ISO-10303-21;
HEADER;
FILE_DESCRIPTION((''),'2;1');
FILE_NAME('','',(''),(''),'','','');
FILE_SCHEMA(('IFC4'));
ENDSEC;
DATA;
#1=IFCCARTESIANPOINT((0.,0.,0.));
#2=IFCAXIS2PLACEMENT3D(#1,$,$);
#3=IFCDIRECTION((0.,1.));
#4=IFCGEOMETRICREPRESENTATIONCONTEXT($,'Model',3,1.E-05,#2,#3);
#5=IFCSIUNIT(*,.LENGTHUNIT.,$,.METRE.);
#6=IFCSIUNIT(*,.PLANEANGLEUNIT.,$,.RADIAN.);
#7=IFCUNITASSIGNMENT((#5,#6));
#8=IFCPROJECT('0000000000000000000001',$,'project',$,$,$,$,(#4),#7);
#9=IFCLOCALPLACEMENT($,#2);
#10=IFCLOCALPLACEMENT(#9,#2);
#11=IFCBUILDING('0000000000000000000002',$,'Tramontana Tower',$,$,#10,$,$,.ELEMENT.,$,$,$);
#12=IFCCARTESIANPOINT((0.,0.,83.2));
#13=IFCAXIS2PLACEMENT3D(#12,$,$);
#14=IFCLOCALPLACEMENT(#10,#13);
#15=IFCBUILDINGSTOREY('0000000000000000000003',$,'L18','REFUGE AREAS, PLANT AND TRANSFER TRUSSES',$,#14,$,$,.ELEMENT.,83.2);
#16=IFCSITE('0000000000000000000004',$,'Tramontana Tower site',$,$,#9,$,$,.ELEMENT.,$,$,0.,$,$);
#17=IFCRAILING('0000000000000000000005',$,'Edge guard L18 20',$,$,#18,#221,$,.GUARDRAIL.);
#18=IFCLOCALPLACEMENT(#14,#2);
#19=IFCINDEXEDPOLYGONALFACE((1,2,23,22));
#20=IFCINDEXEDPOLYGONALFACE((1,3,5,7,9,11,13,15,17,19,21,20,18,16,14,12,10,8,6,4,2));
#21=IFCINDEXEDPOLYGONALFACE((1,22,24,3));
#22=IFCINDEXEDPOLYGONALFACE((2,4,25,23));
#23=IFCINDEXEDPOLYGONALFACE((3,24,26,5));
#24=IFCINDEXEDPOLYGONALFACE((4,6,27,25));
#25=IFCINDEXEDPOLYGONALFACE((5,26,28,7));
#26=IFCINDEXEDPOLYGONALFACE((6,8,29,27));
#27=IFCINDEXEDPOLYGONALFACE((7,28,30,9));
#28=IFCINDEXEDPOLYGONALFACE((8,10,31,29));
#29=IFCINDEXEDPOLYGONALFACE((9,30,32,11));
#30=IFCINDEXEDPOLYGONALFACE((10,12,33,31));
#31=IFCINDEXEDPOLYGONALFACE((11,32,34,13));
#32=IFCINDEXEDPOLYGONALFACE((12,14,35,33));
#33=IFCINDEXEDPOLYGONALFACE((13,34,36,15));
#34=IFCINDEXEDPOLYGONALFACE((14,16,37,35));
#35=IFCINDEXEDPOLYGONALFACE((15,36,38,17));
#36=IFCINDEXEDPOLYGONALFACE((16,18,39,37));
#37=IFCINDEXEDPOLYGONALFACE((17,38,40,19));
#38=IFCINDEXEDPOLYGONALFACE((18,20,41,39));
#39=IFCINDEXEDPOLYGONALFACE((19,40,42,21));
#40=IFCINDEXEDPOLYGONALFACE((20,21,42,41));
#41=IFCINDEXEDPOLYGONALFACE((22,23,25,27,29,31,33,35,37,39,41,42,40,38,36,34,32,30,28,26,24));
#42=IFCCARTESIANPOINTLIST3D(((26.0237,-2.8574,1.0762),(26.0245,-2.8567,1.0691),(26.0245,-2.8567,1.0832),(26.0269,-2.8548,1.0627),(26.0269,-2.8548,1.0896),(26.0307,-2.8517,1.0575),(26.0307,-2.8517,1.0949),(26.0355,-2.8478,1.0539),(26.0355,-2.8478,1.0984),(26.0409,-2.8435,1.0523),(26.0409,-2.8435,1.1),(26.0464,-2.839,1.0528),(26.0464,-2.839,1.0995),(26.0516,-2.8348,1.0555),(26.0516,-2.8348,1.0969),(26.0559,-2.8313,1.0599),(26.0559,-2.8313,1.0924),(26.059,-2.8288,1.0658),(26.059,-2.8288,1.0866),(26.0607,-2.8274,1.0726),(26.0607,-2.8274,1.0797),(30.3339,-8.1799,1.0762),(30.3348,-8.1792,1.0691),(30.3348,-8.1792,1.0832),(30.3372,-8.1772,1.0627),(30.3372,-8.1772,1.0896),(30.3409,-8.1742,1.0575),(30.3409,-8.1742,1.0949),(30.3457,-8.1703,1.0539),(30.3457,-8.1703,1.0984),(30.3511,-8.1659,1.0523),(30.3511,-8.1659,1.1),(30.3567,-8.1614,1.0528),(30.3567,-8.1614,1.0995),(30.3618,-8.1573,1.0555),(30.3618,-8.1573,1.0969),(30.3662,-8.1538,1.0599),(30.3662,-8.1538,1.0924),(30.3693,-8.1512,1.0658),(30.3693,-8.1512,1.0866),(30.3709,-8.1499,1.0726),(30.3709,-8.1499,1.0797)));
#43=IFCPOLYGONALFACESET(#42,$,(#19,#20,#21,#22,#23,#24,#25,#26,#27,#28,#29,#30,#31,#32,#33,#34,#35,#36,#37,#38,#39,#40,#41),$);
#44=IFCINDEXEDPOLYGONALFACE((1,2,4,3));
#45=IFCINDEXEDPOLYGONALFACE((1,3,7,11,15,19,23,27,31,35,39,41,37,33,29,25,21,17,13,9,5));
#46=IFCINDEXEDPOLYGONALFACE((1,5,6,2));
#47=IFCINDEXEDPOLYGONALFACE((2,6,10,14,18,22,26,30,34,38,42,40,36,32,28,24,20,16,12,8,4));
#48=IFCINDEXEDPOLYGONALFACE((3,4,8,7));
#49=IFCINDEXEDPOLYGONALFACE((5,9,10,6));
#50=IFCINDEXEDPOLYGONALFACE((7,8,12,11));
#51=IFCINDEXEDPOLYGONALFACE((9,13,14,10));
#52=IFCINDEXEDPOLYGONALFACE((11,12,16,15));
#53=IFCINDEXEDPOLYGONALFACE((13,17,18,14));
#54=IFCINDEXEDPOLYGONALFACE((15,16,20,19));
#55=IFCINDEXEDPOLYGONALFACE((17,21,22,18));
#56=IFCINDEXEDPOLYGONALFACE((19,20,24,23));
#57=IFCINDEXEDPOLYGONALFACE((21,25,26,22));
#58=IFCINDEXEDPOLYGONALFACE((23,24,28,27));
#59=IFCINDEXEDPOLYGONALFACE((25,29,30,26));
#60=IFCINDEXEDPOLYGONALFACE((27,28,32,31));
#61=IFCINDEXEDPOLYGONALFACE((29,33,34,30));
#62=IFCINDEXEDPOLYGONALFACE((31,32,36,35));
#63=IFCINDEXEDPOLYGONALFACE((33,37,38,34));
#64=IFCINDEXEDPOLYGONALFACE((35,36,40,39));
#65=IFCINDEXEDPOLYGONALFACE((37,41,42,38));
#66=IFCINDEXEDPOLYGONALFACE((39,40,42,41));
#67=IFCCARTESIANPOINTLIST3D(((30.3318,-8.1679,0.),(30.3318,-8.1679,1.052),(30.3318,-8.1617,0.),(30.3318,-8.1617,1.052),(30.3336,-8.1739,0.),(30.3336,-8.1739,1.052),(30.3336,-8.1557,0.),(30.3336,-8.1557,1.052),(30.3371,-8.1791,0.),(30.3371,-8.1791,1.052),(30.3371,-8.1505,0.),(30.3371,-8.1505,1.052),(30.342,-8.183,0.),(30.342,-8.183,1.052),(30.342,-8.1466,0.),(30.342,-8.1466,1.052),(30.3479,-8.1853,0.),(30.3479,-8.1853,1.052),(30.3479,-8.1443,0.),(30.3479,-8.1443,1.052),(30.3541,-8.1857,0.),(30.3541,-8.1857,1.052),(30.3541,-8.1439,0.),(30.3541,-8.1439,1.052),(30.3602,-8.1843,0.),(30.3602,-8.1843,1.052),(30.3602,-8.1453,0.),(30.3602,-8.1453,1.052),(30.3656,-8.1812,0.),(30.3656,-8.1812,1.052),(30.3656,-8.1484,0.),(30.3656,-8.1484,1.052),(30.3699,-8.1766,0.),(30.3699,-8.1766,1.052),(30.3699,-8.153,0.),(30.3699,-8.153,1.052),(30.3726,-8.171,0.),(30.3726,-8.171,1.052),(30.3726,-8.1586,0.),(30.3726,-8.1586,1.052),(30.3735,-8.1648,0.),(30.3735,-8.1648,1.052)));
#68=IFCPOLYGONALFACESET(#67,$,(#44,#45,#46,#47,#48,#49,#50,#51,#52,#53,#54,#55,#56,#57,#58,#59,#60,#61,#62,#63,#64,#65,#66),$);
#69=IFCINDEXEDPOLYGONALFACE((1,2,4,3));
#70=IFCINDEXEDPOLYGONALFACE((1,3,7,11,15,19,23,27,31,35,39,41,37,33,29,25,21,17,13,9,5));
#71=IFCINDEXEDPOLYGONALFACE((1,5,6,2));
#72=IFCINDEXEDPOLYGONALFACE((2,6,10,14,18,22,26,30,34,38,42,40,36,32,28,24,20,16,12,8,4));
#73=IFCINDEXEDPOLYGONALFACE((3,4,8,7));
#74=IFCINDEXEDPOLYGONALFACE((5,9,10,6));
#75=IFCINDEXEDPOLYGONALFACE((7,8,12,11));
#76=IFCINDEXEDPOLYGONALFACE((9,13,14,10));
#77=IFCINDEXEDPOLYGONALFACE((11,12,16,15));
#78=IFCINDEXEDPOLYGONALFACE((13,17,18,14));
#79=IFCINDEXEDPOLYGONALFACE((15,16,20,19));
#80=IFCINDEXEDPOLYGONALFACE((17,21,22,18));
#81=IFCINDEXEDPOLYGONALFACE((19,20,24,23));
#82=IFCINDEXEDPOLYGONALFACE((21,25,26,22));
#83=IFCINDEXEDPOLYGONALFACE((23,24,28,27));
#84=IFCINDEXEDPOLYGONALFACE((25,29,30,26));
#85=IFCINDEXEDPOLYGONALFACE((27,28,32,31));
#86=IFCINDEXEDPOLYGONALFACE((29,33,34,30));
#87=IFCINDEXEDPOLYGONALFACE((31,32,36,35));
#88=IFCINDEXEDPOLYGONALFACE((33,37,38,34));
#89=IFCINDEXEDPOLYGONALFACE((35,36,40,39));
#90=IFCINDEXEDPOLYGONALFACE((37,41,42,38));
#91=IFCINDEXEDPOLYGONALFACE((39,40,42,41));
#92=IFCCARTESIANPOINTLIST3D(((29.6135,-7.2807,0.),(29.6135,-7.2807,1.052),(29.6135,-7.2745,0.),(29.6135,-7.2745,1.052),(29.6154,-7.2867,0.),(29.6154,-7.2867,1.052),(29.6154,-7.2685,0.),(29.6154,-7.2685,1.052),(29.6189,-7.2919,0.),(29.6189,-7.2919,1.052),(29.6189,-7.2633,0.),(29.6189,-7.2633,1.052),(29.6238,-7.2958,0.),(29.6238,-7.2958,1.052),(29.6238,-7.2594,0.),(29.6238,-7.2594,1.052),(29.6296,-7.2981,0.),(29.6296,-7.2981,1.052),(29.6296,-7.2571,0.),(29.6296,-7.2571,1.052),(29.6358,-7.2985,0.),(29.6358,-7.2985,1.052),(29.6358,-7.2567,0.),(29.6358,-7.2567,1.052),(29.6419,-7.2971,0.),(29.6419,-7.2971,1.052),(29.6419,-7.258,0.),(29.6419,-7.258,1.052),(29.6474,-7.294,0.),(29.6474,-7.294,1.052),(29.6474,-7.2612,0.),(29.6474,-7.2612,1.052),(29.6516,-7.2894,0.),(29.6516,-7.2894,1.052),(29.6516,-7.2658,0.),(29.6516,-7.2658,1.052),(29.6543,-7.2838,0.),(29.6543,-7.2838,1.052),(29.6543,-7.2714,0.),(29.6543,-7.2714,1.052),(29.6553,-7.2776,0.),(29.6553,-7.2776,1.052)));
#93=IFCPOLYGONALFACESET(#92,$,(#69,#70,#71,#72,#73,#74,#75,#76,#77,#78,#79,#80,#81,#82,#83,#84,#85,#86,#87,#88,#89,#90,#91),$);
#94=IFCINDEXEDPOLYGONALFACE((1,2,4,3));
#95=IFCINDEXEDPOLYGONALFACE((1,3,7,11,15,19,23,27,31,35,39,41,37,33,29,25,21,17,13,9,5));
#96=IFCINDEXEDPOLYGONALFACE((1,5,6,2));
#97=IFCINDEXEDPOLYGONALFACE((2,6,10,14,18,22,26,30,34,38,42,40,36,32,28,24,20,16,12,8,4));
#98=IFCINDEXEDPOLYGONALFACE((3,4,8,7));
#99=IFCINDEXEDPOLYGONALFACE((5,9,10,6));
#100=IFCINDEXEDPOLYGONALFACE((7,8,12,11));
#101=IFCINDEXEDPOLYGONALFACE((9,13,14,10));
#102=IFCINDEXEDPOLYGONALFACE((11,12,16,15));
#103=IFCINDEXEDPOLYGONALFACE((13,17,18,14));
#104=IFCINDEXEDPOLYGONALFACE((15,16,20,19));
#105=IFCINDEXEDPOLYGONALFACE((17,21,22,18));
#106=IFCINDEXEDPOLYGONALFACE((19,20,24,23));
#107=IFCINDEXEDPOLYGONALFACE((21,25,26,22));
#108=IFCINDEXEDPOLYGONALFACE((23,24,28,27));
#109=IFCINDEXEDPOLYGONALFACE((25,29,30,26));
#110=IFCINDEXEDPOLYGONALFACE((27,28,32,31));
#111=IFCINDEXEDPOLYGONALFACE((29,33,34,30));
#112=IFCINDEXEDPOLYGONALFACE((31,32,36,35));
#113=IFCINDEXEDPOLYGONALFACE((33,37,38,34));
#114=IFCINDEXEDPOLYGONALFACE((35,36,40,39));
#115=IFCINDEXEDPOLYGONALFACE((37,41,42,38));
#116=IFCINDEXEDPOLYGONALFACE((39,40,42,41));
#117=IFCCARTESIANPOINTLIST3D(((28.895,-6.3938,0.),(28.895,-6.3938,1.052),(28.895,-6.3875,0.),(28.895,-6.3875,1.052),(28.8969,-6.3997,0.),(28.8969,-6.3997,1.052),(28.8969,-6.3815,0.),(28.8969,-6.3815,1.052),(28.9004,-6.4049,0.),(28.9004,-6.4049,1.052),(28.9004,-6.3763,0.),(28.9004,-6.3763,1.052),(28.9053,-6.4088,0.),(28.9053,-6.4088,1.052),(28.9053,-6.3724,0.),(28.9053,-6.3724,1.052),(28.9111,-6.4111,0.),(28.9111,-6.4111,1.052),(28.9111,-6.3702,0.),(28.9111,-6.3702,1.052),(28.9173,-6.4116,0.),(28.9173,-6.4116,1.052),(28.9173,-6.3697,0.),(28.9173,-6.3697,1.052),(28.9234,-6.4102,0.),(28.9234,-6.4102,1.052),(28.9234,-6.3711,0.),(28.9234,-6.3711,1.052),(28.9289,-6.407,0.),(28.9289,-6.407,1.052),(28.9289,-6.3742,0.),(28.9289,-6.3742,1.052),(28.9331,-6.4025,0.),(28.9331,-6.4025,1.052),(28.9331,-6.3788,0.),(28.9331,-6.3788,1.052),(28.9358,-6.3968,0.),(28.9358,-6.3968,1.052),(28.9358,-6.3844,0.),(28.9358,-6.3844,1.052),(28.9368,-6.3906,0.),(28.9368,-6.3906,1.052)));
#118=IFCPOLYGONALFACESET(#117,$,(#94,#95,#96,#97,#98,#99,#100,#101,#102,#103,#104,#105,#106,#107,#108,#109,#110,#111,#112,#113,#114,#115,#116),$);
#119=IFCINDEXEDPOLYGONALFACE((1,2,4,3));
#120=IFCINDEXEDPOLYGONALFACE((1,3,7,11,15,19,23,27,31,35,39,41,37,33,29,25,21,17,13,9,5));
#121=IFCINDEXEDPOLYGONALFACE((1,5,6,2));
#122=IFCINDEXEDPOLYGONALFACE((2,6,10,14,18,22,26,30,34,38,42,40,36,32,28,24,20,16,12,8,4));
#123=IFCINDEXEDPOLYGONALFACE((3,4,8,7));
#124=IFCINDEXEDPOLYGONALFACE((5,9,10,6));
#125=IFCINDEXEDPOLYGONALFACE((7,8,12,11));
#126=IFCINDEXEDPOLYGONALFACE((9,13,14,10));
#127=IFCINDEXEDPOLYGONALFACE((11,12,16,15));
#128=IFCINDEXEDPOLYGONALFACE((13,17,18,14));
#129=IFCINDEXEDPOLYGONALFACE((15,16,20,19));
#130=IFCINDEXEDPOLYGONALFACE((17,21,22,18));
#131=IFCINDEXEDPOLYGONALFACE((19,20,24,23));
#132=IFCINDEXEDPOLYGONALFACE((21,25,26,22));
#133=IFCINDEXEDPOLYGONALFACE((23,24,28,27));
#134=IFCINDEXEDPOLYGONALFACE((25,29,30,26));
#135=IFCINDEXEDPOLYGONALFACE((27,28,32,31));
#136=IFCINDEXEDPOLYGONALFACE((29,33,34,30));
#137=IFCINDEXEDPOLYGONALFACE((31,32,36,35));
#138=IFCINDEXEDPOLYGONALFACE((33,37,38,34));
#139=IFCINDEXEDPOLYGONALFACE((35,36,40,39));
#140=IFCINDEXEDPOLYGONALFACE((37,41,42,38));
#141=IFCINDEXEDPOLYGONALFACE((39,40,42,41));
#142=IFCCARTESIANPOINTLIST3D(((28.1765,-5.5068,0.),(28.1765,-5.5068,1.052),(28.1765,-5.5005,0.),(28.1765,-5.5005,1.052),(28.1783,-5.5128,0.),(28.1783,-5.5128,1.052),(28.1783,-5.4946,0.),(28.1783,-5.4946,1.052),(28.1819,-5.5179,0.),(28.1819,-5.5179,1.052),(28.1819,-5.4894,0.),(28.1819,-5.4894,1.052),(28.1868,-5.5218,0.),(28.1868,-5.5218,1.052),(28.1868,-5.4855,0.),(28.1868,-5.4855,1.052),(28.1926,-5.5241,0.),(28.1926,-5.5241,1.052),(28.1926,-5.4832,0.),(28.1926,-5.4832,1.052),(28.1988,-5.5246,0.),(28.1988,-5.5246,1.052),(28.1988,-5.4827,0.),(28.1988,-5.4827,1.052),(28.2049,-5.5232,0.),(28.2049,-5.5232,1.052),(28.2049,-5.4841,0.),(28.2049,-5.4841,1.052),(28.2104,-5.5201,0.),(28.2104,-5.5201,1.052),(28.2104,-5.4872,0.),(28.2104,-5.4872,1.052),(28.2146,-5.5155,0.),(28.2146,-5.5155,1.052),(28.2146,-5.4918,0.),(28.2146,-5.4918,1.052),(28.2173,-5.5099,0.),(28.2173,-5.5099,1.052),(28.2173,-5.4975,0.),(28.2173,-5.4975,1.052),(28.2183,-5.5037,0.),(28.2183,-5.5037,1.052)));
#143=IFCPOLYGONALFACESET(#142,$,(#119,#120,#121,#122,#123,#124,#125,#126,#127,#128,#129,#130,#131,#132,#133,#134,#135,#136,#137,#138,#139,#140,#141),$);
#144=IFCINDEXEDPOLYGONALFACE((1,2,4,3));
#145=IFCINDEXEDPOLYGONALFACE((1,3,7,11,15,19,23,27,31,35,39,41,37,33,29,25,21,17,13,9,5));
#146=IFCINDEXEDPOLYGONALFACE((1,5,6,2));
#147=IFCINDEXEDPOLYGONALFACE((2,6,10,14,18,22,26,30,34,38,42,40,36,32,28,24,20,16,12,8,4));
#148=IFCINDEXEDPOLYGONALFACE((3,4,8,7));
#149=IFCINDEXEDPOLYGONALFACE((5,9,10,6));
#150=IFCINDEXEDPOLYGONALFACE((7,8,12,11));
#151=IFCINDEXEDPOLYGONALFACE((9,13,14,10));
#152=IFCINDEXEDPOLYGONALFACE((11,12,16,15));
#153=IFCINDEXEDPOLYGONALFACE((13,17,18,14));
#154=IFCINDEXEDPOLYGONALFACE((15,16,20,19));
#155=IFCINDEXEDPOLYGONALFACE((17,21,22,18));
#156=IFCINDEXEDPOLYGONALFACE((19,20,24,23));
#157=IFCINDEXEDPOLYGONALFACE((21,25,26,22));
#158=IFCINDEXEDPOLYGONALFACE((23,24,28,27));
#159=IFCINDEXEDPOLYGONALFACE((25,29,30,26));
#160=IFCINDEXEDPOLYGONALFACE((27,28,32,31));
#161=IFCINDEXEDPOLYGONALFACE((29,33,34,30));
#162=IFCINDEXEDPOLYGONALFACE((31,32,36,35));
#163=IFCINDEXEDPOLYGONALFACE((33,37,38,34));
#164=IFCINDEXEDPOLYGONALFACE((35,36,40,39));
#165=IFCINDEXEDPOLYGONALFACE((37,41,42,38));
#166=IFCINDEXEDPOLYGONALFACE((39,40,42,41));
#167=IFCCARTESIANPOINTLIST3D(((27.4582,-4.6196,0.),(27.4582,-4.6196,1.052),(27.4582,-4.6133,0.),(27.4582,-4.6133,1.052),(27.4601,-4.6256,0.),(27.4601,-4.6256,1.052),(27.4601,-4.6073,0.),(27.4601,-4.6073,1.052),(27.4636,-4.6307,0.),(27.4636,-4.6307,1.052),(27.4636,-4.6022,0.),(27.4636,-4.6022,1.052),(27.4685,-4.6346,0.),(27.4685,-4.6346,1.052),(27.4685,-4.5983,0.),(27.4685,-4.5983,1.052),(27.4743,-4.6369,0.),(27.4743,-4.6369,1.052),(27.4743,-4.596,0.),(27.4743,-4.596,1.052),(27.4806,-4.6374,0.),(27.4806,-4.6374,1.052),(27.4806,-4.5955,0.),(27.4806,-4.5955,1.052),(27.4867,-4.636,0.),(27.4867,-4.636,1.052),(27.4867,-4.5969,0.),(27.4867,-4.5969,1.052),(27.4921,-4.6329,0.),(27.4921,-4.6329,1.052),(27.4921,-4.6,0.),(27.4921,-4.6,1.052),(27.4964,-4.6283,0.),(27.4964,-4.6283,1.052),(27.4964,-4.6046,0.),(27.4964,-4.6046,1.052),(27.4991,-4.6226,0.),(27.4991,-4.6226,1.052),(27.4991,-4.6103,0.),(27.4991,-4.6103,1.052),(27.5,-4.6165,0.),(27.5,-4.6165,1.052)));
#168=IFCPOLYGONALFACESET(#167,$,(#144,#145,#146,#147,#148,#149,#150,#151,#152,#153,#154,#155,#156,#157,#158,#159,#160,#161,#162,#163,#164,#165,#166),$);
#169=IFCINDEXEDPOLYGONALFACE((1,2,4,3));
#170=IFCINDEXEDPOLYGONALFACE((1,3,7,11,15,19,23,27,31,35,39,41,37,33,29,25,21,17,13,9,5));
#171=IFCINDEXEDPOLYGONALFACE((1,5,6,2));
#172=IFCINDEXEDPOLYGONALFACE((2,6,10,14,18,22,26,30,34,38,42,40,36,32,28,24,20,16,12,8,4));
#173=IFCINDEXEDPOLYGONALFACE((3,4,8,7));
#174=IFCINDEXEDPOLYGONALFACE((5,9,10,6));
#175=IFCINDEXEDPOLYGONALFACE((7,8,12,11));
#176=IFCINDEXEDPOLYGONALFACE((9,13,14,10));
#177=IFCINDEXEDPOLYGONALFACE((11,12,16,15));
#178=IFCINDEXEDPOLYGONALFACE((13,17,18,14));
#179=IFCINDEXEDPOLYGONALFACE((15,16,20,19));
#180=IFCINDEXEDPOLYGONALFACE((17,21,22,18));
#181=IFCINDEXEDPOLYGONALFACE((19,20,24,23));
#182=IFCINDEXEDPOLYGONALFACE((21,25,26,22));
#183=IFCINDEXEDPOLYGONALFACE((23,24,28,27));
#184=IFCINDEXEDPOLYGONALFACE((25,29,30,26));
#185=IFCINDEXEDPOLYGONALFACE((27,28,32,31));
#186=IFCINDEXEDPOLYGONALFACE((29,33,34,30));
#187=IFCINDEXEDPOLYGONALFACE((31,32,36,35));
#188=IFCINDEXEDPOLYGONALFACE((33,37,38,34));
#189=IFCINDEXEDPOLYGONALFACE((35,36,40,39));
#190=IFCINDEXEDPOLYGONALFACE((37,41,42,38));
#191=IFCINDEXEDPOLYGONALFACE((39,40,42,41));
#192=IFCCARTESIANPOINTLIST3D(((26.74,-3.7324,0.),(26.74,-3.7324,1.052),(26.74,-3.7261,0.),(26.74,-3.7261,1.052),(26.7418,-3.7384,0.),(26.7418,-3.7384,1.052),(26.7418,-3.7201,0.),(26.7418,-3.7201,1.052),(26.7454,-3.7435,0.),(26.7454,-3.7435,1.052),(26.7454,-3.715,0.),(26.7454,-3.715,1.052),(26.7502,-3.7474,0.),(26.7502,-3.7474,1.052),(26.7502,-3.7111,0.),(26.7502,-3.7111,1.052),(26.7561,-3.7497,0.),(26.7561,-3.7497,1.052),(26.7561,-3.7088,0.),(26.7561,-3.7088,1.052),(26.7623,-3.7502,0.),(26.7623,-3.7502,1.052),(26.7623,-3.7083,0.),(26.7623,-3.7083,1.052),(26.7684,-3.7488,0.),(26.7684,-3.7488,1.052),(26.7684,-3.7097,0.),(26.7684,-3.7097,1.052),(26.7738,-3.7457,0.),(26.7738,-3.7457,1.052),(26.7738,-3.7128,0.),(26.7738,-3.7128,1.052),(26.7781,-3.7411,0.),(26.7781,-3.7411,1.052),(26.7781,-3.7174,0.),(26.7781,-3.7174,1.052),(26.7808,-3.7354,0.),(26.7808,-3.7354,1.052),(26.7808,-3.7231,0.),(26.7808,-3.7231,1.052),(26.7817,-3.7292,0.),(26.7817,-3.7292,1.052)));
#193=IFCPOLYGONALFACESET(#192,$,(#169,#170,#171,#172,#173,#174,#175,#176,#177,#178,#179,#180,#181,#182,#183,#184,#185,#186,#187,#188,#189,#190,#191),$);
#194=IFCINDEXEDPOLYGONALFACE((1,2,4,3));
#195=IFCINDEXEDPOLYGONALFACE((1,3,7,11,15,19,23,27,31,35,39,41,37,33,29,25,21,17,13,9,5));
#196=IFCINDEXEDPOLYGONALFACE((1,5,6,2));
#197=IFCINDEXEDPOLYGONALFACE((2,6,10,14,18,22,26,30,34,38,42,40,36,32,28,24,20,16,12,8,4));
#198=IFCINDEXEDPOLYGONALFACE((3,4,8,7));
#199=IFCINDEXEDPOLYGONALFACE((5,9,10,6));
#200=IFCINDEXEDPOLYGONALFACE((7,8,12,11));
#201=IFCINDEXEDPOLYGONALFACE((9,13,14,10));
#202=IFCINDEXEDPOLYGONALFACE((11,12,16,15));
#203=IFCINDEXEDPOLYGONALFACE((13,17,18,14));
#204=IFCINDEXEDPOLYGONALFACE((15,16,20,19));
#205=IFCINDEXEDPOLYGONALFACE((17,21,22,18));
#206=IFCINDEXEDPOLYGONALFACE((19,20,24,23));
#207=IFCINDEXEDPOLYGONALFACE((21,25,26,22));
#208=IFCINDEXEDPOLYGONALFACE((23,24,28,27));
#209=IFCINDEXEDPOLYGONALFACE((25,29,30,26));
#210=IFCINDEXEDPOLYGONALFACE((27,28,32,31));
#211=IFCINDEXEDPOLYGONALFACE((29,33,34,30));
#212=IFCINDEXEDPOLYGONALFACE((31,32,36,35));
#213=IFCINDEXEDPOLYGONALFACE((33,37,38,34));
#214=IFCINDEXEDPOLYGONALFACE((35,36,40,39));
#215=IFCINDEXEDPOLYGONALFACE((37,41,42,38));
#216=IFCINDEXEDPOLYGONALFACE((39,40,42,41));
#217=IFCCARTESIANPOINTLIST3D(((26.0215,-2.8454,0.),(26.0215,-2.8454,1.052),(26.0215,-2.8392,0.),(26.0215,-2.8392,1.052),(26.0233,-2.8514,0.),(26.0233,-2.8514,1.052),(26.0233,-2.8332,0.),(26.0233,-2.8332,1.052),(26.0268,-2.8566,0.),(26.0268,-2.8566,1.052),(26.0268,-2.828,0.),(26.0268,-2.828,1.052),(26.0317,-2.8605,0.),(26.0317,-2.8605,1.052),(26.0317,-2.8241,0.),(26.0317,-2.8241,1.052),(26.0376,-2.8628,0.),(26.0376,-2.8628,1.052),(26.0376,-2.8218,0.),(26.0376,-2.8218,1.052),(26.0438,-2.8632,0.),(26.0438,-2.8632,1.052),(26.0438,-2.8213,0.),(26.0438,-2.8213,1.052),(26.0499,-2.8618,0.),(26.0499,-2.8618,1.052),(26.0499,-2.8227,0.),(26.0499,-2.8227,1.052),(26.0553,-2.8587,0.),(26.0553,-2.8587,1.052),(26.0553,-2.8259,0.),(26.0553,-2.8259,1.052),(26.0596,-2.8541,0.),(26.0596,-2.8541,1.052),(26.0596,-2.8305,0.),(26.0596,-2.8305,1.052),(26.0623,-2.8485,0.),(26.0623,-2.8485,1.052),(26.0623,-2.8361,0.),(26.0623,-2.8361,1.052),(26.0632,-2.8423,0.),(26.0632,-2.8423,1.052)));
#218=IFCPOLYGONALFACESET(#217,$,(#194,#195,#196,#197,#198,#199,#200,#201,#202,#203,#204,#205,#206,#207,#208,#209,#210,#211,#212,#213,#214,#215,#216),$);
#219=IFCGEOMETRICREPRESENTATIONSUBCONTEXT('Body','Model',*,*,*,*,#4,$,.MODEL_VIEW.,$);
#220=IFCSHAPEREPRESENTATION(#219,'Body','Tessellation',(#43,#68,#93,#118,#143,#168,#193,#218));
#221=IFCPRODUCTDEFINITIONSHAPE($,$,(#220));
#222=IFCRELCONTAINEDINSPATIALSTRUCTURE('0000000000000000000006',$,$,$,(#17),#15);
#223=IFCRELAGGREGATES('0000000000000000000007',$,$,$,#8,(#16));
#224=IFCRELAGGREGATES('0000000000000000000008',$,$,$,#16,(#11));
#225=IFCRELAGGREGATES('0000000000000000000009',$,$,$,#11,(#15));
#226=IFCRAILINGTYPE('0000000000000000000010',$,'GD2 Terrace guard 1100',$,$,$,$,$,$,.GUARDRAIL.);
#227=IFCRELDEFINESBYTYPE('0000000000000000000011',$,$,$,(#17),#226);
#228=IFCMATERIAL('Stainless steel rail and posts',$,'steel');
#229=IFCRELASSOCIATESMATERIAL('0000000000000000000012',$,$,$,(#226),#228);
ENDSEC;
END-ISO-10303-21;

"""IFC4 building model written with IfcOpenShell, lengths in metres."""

from ifc_helpers import new_model, si_unit, direction, frame, origin, origin_2d, place, context, subcontext, project, spatial, circle, extrude, material, type_object, element, save


model = new_model("IFC4")

# Units and contexts
model_context = context("Model", 3, precision=1e-05, world=origin(), true_north=direction((0.0, 1.0)))
body_context = subcontext(model_context, "Body", "Model", "MODEL_VIEW")
ifc_project = project(units=[si_unit("LENGTHUNIT", "METRE"), si_unit("PLANEANGLEUNIT", "RADIAN")], contexts=[model_context])

# Site, building, storey
site_placement = place(None, origin())
site = spatial("IfcSite", under=ifc_project, at=site_placement, Name="Tramontana Tower site", CompositionType="ELEMENT", RefElevation=0.0)
building_placement = place(site_placement, origin())
building = spatial("IfcBuilding", under=site, at=building_placement, Name="Tramontana Tower", CompositionType="ELEMENT")
storey_placement = place(building_placement, frame((0.0, 0.0, 83.2)))
storey = spatial("IfcBuildingStorey", under=building, at=storey_placement, Name="L18", Description="REFUGE AREAS, PLANT AND TRANSFER TRUSSES", CompositionType="ELEMENT", Elevation=83.2)

# Railing
ifc_material_1 = material(Name="Stainless steel rail and posts", Category="steel")
railing_type = type_object("IfcRailingType", Name="GD2 Terrace guard 1100", PredefinedType="GUARDRAIL", material=ifc_material_1)
railing_1_placement = place(storey_placement, frame((30.3525, -8.1648, 0.0)))
element("IfcRailing", 1, at=railing_1_placement, inside=storey, type_object=railing_type, Name="Edge guard L18 20", PredefinedType="GUARDRAIL", context=body_context, shape_type="SweptSolid", body=[
    extrude(circle(Radius=0.0239, at=origin_2d()), frame((0.0, 0.0, 1.0762), z_axis=(-0.62934, 0.77713, 0.0), x_axis=(-0.77713, -0.62934, 0.0)), (0.0, 0.0, 1.0), 6.8489),
    extrude(circle(Radius=0.021, at=origin_2d()), origin(), (0.0, 0.0, 1.0), 1.052),
    extrude(circle(Radius=0.021, at=origin_2d()), frame((-0.7183, 0.8872, 0.0)), (0.0, 0.0, 1.0), 1.052),
    extrude(circle(Radius=0.021, at=origin_2d()), frame((-1.4368, 1.7742, 0.0)), (0.0, 0.0, 1.0), 1.052),
    extrude(circle(Radius=0.021, at=origin_2d()), frame((-2.1553, 2.6611, 0.0)), (0.0, 0.0, 1.0), 1.052),
    extrude(circle(Radius=0.021, at=origin_2d()), frame((-2.8735, 3.5483, 0.0)), (0.0, 0.0, 1.0), 1.052),
    extrude(circle(Radius=0.021, at=origin_2d()), frame((-3.5918, 4.4355, 0.0)), (0.0, 0.0, 1.0), 1.052),
    extrude(circle(Radius=0.021, at=origin_2d()), frame((-4.3103, 5.3225, 0.0)), (0.0, 0.0, 1.0), 1.052),
])

save(model, "model.ifc")
